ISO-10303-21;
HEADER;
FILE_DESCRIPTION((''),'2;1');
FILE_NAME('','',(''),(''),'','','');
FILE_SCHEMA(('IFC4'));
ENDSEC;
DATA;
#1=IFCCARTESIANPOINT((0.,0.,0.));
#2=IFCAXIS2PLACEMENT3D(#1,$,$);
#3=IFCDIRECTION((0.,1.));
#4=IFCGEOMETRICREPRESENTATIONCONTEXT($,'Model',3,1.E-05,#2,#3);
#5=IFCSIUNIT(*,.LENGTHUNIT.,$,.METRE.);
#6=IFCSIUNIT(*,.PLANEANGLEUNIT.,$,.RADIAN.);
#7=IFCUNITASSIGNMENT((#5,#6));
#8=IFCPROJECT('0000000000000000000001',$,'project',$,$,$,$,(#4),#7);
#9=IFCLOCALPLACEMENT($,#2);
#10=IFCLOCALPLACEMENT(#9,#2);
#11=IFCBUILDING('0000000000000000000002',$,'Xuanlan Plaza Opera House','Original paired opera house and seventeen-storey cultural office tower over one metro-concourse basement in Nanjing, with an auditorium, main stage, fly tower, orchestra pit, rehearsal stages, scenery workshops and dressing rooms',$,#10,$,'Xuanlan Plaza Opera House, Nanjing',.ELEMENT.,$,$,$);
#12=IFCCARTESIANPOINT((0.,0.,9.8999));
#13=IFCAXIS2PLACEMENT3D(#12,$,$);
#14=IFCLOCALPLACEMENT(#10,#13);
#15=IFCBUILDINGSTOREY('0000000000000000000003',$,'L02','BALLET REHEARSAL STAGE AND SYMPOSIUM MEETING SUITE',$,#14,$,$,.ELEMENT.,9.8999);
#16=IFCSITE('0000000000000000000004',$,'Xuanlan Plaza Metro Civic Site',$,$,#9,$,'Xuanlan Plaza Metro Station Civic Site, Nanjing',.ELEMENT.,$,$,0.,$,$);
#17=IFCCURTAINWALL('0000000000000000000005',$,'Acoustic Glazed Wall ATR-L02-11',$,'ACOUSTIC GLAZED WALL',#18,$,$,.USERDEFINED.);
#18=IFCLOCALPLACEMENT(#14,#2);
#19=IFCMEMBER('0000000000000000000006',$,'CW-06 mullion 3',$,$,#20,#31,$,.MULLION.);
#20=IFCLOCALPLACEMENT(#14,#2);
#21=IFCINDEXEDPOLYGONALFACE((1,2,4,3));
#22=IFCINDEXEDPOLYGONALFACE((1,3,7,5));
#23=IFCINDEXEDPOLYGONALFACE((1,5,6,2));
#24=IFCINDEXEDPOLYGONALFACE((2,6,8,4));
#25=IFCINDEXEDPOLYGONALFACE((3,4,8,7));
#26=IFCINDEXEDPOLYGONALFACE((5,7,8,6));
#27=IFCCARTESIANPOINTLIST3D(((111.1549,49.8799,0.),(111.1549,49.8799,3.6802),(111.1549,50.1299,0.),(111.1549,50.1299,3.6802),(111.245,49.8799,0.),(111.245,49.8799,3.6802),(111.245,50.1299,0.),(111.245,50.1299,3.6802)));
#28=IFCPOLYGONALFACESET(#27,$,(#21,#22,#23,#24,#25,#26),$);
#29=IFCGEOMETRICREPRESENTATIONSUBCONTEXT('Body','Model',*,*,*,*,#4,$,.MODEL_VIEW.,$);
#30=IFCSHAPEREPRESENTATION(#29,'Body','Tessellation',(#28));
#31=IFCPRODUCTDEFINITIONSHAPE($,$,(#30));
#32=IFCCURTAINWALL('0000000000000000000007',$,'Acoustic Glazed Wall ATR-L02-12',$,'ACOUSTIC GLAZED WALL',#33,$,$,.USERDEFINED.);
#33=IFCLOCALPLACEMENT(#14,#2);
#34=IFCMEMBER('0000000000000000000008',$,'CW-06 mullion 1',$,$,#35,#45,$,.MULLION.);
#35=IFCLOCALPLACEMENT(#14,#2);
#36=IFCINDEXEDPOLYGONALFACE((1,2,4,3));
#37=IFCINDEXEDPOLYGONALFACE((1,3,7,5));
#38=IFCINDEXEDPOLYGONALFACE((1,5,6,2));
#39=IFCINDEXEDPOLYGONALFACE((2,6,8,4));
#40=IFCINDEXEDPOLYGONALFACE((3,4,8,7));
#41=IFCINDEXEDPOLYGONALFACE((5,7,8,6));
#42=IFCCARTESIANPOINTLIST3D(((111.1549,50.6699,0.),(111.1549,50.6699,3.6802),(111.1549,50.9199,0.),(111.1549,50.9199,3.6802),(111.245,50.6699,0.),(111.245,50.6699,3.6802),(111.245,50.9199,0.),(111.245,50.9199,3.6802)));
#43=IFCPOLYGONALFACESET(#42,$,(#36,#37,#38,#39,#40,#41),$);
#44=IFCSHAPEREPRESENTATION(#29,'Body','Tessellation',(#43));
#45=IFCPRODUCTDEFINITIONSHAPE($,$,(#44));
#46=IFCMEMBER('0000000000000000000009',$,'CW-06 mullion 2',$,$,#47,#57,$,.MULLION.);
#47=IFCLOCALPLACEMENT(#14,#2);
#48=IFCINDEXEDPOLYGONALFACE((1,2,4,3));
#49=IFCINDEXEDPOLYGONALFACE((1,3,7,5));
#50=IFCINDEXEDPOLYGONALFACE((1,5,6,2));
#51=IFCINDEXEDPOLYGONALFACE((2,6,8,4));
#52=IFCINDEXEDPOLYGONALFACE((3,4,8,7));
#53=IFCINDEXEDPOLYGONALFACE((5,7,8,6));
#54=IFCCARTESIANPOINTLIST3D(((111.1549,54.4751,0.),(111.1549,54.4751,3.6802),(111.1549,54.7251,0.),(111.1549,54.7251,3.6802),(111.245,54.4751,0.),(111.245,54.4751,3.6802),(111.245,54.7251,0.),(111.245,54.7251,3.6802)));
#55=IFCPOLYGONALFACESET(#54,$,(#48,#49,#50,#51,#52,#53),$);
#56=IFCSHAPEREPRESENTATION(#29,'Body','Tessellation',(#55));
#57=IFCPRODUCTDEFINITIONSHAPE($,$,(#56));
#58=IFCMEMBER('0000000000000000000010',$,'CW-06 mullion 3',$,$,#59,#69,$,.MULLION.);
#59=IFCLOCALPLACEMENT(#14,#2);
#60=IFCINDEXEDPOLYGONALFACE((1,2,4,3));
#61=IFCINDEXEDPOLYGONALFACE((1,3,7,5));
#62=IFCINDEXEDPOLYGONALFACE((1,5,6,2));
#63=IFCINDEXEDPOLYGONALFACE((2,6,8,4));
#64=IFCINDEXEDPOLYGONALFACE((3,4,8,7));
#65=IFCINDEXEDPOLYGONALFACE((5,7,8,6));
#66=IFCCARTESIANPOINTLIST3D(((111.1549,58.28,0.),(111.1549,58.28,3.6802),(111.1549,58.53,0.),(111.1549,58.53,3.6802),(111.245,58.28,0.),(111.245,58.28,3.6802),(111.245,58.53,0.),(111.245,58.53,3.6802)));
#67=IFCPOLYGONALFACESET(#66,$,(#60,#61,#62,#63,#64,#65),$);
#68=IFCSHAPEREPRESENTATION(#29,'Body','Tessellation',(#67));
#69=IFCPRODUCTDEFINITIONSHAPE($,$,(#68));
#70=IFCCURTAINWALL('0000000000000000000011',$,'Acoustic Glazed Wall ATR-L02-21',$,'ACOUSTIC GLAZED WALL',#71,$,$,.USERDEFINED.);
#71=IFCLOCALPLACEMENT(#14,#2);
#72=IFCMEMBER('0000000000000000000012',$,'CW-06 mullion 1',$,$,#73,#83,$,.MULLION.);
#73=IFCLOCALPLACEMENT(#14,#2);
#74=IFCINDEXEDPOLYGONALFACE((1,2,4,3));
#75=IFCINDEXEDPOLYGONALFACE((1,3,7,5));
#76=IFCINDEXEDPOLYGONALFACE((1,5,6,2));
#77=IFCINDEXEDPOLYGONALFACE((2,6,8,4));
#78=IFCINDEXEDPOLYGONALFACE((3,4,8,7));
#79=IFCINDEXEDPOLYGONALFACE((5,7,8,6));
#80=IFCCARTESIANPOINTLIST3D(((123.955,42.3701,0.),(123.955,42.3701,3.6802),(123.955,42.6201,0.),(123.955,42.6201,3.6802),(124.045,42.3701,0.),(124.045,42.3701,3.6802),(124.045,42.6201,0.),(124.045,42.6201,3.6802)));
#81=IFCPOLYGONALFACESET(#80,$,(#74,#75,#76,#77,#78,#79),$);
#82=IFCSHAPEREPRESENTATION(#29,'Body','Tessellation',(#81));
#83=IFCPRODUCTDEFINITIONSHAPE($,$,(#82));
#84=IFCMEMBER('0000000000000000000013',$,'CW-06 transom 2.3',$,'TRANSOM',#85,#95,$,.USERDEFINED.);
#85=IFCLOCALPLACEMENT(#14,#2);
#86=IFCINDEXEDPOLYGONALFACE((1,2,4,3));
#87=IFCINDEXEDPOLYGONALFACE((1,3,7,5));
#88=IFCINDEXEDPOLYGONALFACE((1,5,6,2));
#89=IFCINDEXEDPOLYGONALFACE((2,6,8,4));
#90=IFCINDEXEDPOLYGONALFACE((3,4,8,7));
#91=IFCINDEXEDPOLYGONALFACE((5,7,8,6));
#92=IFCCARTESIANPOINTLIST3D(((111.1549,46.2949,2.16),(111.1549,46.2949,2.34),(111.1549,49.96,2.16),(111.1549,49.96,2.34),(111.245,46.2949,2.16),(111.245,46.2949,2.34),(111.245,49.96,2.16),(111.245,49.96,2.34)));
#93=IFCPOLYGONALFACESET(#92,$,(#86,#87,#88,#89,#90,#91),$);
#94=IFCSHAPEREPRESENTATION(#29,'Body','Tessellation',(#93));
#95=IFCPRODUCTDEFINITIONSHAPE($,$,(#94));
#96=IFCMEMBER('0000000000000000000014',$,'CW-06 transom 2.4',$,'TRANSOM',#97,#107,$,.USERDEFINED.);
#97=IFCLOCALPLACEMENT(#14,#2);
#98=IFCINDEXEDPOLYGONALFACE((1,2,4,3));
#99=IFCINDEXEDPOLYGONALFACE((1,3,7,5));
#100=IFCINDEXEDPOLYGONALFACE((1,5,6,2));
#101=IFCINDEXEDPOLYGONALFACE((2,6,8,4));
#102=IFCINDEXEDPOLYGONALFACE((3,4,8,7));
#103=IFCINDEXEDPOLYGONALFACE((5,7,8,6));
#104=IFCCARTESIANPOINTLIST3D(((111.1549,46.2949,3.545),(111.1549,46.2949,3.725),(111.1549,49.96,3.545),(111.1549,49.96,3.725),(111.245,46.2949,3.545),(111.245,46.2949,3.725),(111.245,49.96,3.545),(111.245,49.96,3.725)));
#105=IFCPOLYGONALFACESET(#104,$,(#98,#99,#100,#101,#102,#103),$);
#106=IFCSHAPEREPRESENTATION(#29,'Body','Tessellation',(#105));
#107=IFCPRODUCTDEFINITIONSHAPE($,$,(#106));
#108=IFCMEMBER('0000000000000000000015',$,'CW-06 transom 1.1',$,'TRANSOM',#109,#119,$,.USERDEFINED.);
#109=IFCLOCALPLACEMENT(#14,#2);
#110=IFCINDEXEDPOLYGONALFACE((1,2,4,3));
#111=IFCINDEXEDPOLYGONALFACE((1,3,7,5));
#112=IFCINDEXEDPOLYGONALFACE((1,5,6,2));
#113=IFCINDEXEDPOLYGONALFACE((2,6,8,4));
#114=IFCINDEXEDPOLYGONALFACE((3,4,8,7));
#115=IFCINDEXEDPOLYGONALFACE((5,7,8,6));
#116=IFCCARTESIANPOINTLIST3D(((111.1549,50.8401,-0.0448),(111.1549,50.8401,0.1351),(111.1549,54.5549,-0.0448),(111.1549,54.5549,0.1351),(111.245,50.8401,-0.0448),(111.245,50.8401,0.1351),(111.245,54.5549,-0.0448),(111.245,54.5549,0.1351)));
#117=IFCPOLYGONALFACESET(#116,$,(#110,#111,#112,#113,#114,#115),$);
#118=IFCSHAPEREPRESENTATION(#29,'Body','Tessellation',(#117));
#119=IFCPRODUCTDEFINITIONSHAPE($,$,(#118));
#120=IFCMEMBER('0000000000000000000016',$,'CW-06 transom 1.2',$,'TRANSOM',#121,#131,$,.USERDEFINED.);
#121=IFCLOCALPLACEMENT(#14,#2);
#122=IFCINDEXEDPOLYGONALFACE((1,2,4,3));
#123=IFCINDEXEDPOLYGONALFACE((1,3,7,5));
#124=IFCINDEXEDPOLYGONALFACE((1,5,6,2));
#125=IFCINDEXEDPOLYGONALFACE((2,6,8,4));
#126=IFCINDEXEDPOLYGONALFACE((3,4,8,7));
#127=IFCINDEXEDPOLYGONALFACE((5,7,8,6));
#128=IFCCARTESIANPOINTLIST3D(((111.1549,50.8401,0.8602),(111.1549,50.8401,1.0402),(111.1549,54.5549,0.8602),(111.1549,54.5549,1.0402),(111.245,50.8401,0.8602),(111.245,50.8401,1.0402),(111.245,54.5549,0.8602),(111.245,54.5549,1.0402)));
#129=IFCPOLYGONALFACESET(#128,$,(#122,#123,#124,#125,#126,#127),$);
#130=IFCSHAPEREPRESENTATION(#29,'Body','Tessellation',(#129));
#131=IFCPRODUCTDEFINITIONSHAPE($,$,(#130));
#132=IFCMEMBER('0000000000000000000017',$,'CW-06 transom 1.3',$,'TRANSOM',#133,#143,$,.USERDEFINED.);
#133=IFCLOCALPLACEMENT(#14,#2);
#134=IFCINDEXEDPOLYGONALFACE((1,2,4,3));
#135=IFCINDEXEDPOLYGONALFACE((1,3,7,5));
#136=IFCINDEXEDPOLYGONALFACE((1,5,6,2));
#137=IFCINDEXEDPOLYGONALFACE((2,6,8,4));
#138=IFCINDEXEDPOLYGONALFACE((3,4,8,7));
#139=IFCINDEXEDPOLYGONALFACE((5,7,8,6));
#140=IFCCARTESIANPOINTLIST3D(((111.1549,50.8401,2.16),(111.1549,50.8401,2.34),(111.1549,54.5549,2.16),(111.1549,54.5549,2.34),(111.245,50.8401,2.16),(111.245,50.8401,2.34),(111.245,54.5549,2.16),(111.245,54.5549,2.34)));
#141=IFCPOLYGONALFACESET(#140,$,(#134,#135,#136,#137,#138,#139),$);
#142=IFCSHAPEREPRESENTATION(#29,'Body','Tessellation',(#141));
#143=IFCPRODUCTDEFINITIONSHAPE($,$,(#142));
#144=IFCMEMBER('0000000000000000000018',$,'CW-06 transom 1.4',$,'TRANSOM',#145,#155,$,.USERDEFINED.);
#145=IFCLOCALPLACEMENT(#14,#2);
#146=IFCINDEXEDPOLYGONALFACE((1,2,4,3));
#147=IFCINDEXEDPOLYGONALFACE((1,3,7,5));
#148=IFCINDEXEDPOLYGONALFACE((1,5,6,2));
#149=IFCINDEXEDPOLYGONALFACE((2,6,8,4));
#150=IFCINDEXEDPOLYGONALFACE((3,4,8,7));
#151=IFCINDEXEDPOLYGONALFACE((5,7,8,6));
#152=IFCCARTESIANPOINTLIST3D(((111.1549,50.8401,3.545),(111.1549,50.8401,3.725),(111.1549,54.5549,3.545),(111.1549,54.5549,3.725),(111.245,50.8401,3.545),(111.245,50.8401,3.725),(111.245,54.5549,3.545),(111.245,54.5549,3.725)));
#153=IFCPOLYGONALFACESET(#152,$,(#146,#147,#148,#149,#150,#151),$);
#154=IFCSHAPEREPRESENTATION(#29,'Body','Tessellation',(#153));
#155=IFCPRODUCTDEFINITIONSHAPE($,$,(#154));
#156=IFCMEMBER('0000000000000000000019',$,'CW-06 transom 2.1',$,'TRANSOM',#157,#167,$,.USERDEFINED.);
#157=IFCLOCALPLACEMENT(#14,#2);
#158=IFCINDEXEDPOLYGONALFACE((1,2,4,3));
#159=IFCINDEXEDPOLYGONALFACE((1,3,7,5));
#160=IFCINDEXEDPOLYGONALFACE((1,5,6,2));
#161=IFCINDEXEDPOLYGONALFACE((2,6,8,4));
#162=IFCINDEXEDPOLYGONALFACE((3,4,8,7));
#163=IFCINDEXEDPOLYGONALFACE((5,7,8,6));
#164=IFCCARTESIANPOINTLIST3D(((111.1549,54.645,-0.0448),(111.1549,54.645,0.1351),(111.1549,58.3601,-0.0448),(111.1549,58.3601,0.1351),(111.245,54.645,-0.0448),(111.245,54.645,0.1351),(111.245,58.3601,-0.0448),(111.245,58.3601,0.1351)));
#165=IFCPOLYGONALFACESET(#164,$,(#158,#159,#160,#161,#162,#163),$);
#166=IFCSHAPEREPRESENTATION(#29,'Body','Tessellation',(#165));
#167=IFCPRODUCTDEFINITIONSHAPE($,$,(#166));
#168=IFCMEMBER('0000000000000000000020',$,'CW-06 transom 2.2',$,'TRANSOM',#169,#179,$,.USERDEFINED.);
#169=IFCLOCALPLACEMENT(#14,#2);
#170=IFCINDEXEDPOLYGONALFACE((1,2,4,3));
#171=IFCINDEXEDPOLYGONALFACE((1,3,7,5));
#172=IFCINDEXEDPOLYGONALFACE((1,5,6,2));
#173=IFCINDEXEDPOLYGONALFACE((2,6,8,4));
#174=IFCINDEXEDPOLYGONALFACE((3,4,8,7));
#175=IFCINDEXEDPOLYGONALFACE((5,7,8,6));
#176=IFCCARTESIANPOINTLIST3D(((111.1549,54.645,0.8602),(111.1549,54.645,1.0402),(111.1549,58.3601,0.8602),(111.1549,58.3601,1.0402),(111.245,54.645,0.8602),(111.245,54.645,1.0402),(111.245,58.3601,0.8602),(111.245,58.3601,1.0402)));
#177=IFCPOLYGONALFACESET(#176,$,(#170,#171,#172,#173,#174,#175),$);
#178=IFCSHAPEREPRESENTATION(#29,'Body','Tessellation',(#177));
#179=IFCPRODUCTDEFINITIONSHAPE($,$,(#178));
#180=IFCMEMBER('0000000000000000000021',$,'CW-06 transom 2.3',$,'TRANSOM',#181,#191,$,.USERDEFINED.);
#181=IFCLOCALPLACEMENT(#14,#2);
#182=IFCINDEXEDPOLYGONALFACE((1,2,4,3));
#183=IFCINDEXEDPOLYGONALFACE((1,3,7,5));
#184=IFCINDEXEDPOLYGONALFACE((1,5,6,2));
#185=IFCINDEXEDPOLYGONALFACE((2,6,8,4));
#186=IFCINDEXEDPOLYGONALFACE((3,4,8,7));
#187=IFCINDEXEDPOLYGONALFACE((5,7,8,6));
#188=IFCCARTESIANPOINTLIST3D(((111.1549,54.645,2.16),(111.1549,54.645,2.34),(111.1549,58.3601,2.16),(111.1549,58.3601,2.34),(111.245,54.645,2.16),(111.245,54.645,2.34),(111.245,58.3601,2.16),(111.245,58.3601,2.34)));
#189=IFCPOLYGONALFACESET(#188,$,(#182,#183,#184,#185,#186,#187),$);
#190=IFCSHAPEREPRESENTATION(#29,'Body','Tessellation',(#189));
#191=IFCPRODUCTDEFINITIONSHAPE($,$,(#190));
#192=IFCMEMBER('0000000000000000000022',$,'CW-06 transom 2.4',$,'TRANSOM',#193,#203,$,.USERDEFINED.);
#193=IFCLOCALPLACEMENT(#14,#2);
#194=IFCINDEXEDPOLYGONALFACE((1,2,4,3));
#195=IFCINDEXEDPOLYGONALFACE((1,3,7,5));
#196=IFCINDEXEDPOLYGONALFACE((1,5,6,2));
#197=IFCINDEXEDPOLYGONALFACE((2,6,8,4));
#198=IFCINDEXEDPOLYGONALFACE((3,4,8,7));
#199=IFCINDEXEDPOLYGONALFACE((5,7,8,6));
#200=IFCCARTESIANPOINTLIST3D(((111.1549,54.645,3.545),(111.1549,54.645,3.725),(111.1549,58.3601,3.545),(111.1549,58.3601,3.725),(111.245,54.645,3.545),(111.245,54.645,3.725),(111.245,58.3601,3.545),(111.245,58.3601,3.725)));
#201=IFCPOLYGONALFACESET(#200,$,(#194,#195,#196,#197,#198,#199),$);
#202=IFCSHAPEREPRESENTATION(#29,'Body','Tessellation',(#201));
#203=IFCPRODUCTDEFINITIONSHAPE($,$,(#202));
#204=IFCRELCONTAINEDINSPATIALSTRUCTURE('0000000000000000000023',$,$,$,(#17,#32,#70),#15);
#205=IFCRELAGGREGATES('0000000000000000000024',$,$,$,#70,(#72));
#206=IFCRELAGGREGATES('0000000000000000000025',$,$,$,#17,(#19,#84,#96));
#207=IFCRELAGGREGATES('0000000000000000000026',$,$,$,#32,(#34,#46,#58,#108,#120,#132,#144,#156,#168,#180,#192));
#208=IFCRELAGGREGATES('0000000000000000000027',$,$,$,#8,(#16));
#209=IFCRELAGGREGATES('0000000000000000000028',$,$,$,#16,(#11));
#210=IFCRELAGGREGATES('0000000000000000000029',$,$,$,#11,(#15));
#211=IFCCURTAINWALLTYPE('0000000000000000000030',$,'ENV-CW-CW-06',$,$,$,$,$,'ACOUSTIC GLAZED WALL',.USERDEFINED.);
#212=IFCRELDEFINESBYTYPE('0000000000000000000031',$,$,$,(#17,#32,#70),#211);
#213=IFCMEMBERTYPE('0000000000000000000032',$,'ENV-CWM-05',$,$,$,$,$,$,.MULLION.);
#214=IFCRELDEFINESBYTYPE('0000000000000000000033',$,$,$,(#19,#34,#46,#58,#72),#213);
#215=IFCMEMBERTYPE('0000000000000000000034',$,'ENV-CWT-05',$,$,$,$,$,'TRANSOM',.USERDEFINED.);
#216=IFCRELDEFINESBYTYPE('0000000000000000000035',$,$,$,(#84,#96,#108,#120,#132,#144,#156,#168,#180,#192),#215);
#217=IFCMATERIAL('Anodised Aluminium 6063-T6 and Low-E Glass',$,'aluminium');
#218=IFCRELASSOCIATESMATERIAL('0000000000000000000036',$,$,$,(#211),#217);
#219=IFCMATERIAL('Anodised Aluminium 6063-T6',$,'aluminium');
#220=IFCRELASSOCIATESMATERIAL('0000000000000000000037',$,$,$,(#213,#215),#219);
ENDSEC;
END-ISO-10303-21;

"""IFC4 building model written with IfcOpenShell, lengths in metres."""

from ifc_helpers import new_model, si_unit, direction, frame, origin, origin_2d, place, context, subcontext, project, spatial, rectangle, extrude, material, material_profile, profile_set, type_object, element, aggregate, save


model = new_model("IFC4")

# Units and contexts
model_context = context("Model", 3, precision=1e-05, world=origin(), true_north=direction((0.0, 1.0)))
body_context = subcontext(model_context, "Body", "Model", "MODEL_VIEW")
ifc_project = project(units=[si_unit("LENGTHUNIT", "METRE"), si_unit("PLANEANGLEUNIT", "RADIAN")], contexts=[model_context])

# Site, building, storey
site_placement = place(None, origin())
site = spatial("IfcSite", under=ifc_project, at=site_placement, Name="Xuanlan Plaza Metro Civic Site", LongName="Xuanlan Plaza Metro Station Civic Site, Nanjing", CompositionType="ELEMENT", RefElevation=0.0)
building_placement = place(site_placement, origin())
building = spatial("IfcBuilding", under=site, at=building_placement, Name="Xuanlan Plaza Opera House", Description="Original paired opera house and seventeen-storey cultural office tower over one metro-concourse basement in Nanjing, with an auditorium, main stage, fly tower, orchestra pit, rehearsal stages, scenery workshops and dressing rooms", LongName="Xuanlan Plaza Opera House, Nanjing", CompositionType="ELEMENT")
storey_placement = place(building_placement, frame((0.0, 0.0, 9.8999)))
storey = spatial("IfcBuildingStorey", under=building, at=storey_placement, Name="L02", Description="BALLET REHEARSAL STAGE AND SYMPOSIUM MEETING SUITE", CompositionType="ELEMENT", Elevation=9.8999)

# Curtain wall, member
ifc_material_1 = material(Name="Anodised Aluminium 6063-T6 and Low-E Glass", Category="aluminium")
curtain_wall_type = type_object("IfcCurtainWallType", Name="ENV-CW-CW-06", ElementType="ACOUSTIC GLAZED WALL", PredefinedType="USERDEFINED", material=ifc_material_1)
curtain_wall_1_placement = place(storey_placement, origin())
curtain_wall_1 = element("IfcCurtainWall", 1, at=curtain_wall_1_placement, inside=storey, type_object=curtain_wall_type, Name="Acoustic Glazed Wall ATR-L02-11", ObjectType="ACOUSTIC GLAZED WALL", PredefinedType="USERDEFINED")
ifc_material_2 = material(Name="Anodised Aluminium 6063-T6", Category="aluminium")
ifc_material_profile_1 = material_profile(ifc_material_2, rectangle(XDim=0.0901, YDim=0.25, at=origin_2d()), Name="ALU-M 90x250")
ifc_profile_set_1 = profile_set([ifc_material_profile_1], Name="Anodised Aluminium 6063-T6")
member_type_1 = type_object("IfcMemberType", Name="ENV-CWM-05", PredefinedType="MULLION", material=ifc_profile_set_1)
member_1_placement = place(storey_placement, frame((111.2, 50.0049, 0.0), z_axis=(0.0, 0.0, 1.0), x_axis=(-1.0, 0.0, 0.0)))
member_1 = element("IfcMember", 2, at=member_1_placement, type_object=member_type_1, Name="CW-06 mullion 3", PredefinedType="MULLION", context=body_context, shape_type="SweptSolid", body=[
    extrude(rectangle(XDim=0.0901, YDim=0.25, at=origin_2d()), origin(), (0.0, 0.0, 1.0), 3.6802),
])

# Curtain wall, members
curtain_wall_2_placement = place(storey_placement, origin())
curtain_wall_2 = element("IfcCurtainWall", 3, at=curtain_wall_2_placement, inside=storey, type_object=curtain_wall_type, Name="Acoustic Glazed Wall ATR-L02-12", ObjectType="ACOUSTIC GLAZED WALL", PredefinedType="USERDEFINED")
member_2_placement = place(storey_placement, frame((111.2, 50.7949, 0.0), z_axis=(0.0, 0.0, 1.0), x_axis=(-1.0, 0.0, 0.0)))
member_2 = element("IfcMember", 4, at=member_2_placement, type_object=member_type_1, Name="CW-06 mullion 1", PredefinedType="MULLION", context=body_context, shape_type="SweptSolid", body=[
    extrude(rectangle(XDim=0.0901, YDim=0.25, at=origin_2d()), origin(), (0.0, 0.0, 1.0), 3.6802),
])
member_3_placement = place(storey_placement, frame((111.2, 54.6001, 0.0), z_axis=(0.0, 0.0, 1.0), x_axis=(-1.0, 0.0, 0.0)))
member_3 = element("IfcMember", 5, at=member_3_placement, type_object=member_type_1, Name="CW-06 mullion 2", PredefinedType="MULLION", context=body_context, shape_type="SweptSolid", body=[
    extrude(rectangle(XDim=0.0901, YDim=0.25, at=origin_2d()), origin(), (0.0, 0.0, 1.0), 3.6802),
])
member_4_placement = place(storey_placement, frame((111.2, 58.405, 0.0), z_axis=(0.0, 0.0, 1.0), x_axis=(-1.0, 0.0, 0.0)))
member_4 = element("IfcMember", 6, at=member_4_placement, type_object=member_type_1, Name="CW-06 mullion 3", PredefinedType="MULLION", context=body_context, shape_type="SweptSolid", body=[
    extrude(rectangle(XDim=0.0901, YDim=0.25, at=origin_2d()), origin(), (0.0, 0.0, 1.0), 3.6802),
])

# Curtain wall, member
curtain_wall_3_placement = place(storey_placement, origin())
curtain_wall_3 = element("IfcCurtainWall", 7, at=curtain_wall_3_placement, inside=storey, type_object=curtain_wall_type, Name="Acoustic Glazed Wall ATR-L02-21", ObjectType="ACOUSTIC GLAZED WALL", PredefinedType="USERDEFINED")
member_5_placement = place(storey_placement, frame((124.0, 42.4951, 0.0), z_axis=(0.0, 0.0, 1.0), x_axis=(-1.0, 0.0, 0.0)))
member_5 = element("IfcMember", 8, at=member_5_placement, type_object=member_type_1, Name="CW-06 mullion 1", PredefinedType="MULLION", context=body_context, shape_type="SweptSolid", body=[
    extrude(rectangle(XDim=0.0901, YDim=0.25, at=origin_2d()), origin(), (0.0, 0.0, 1.0), 3.6802),
])

# Members
ifc_material_profile_2 = material_profile(ifc_material_2, rectangle(XDim=0.0901, YDim=0.1799, at=origin_2d()), Name="ALU-T 90x180")
ifc_profile_set_2 = profile_set([ifc_material_profile_2], Name="Anodised Aluminium 6063-T6")
member_type_2 = type_object("IfcMemberType", Name="ENV-CWT-05", ElementType="TRANSOM", PredefinedType="USERDEFINED", material=ifc_profile_set_2)
member_6_placement = place(storey_placement, frame((111.2, 46.2949, 2.25), z_axis=(0.0, 1.0, 0.0), x_axis=(-1.0, 0.0, 0.0)))
member_6 = element("IfcMember", 9, at=member_6_placement, type_object=member_type_2, Name="CW-06 transom 2.3", ObjectType="TRANSOM", PredefinedType="USERDEFINED", context=body_context, shape_type="SweptSolid", body=[
    extrude(rectangle(XDim=0.0901, YDim=0.1799, at=origin_2d()), origin(), (0.0, 0.0, 1.0), 3.665),
])
member_7_placement = place(storey_placement, frame((111.2, 46.2949, 3.635), z_axis=(0.0, 1.0, 0.0), x_axis=(-1.0, 0.0, 0.0)))
member_7 = element("IfcMember", 10, at=member_7_placement, type_object=member_type_2, Name="CW-06 transom 2.4", ObjectType="TRANSOM", PredefinedType="USERDEFINED", context=body_context, shape_type="SweptSolid", body=[
    extrude(rectangle(XDim=0.0901, YDim=0.1799, at=origin_2d()), origin(), (0.0, 0.0, 1.0), 3.665),
])
member_8_placement = place(storey_placement, frame((111.2, 50.8401, 0.0452), z_axis=(0.0, 1.0, 0.0), x_axis=(-1.0, 0.0, 0.0)))
member_8 = element("IfcMember", 11, at=member_8_placement, type_object=member_type_2, Name="CW-06 transom 1.1", ObjectType="TRANSOM", PredefinedType="USERDEFINED", context=body_context, shape_type="SweptSolid", body=[
    extrude(rectangle(XDim=0.0901, YDim=0.1799, at=origin_2d()), origin(), (0.0, 0.0, 1.0), 3.7148),
])
member_9_placement = place(storey_placement, frame((111.2, 50.8401, 0.9502), z_axis=(0.0, 1.0, 0.0), x_axis=(-1.0, 0.0, 0.0)))
member_9 = element("IfcMember", 12, at=member_9_placement, type_object=member_type_2, Name="CW-06 transom 1.2", ObjectType="TRANSOM", PredefinedType="USERDEFINED", context=body_context, shape_type="SweptSolid", body=[
    extrude(rectangle(XDim=0.0901, YDim=0.1799, at=origin_2d()), origin(), (0.0, 0.0, 1.0), 3.7148),
])
member_10_placement = place(storey_placement, frame((111.2, 50.8401, 2.25), z_axis=(0.0, 1.0, 0.0), x_axis=(-1.0, 0.0, 0.0)))
member_10 = element("IfcMember", 13, at=member_10_placement, type_object=member_type_2, Name="CW-06 transom 1.3", ObjectType="TRANSOM", PredefinedType="USERDEFINED", context=body_context, shape_type="SweptSolid", body=[
    extrude(rectangle(XDim=0.0901, YDim=0.1799, at=origin_2d()), origin(), (0.0, 0.0, 1.0), 3.7148),
])
member_11_placement = place(storey_placement, frame((111.2, 50.8401, 3.635), z_axis=(0.0, 1.0, 0.0), x_axis=(-1.0, 0.0, 0.0)))
member_11 = element("IfcMember", 14, at=member_11_placement, type_object=member_type_2, Name="CW-06 transom 1.4", ObjectType="TRANSOM", PredefinedType="USERDEFINED", context=body_context, shape_type="SweptSolid", body=[
    extrude(rectangle(XDim=0.0901, YDim=0.1799, at=origin_2d()), origin(), (0.0, 0.0, 1.0), 3.7148),
])
member_12_placement = place(storey_placement, frame((111.2, 54.645, 0.0452), z_axis=(0.0, 1.0, 0.0), x_axis=(-1.0, 0.0, 0.0)))
member_12 = element("IfcMember", 15, at=member_12_placement, type_object=member_type_2, Name="CW-06 transom 2.1", ObjectType="TRANSOM", PredefinedType="USERDEFINED", context=body_context, shape_type="SweptSolid", body=[
    extrude(rectangle(XDim=0.0901, YDim=0.1799, at=origin_2d()), origin(), (0.0, 0.0, 1.0), 3.7151),
])
member_13_placement = place(storey_placement, frame((111.2, 54.645, 0.9502), z_axis=(0.0, 1.0, 0.0), x_axis=(-1.0, 0.0, 0.0)))
member_13 = element("IfcMember", 16, at=member_13_placement, type_object=member_type_2, Name="CW-06 transom 2.2", ObjectType="TRANSOM", PredefinedType="USERDEFINED", context=body_context, shape_type="SweptSolid", body=[
    extrude(rectangle(XDim=0.0901, YDim=0.1799, at=origin_2d()), origin(), (0.0, 0.0, 1.0), 3.7151),
])
member_14_placement = place(storey_placement, frame((111.2, 54.645, 2.25), z_axis=(0.0, 1.0, 0.0), x_axis=(-1.0, 0.0, 0.0)))
member_14 = element("IfcMember", 17, at=member_14_placement, type_object=member_type_2, Name="CW-06 transom 2.3", ObjectType="TRANSOM", PredefinedType="USERDEFINED", context=body_context, shape_type="SweptSolid", body=[
    extrude(rectangle(XDim=0.0901, YDim=0.1799, at=origin_2d()), origin(), (0.0, 0.0, 1.0), 3.7151),
])
member_15_placement = place(storey_placement, frame((111.2, 54.645, 3.635), z_axis=(0.0, 1.0, 0.0), x_axis=(-1.0, 0.0, 0.0)))
member_15 = element("IfcMember", 18, at=member_15_placement, type_object=member_type_2, Name="CW-06 transom 2.4", ObjectType="TRANSOM", PredefinedType="USERDEFINED", context=body_context, shape_type="SweptSolid", body=[
    extrude(rectangle(XDim=0.0901, YDim=0.1799, at=origin_2d()), origin(), (0.0, 0.0, 1.0), 3.7151),
])
aggregate(curtain_wall_3, [member_5])

aggregate(curtain_wall_1, [member_1, member_6, member_7])
aggregate(curtain_wall_2, [member_2, member_3, member_4, member_8, member_9, member_10, member_11, member_12, member_13, member_14, member_15])

save(model, "model.ifc")
